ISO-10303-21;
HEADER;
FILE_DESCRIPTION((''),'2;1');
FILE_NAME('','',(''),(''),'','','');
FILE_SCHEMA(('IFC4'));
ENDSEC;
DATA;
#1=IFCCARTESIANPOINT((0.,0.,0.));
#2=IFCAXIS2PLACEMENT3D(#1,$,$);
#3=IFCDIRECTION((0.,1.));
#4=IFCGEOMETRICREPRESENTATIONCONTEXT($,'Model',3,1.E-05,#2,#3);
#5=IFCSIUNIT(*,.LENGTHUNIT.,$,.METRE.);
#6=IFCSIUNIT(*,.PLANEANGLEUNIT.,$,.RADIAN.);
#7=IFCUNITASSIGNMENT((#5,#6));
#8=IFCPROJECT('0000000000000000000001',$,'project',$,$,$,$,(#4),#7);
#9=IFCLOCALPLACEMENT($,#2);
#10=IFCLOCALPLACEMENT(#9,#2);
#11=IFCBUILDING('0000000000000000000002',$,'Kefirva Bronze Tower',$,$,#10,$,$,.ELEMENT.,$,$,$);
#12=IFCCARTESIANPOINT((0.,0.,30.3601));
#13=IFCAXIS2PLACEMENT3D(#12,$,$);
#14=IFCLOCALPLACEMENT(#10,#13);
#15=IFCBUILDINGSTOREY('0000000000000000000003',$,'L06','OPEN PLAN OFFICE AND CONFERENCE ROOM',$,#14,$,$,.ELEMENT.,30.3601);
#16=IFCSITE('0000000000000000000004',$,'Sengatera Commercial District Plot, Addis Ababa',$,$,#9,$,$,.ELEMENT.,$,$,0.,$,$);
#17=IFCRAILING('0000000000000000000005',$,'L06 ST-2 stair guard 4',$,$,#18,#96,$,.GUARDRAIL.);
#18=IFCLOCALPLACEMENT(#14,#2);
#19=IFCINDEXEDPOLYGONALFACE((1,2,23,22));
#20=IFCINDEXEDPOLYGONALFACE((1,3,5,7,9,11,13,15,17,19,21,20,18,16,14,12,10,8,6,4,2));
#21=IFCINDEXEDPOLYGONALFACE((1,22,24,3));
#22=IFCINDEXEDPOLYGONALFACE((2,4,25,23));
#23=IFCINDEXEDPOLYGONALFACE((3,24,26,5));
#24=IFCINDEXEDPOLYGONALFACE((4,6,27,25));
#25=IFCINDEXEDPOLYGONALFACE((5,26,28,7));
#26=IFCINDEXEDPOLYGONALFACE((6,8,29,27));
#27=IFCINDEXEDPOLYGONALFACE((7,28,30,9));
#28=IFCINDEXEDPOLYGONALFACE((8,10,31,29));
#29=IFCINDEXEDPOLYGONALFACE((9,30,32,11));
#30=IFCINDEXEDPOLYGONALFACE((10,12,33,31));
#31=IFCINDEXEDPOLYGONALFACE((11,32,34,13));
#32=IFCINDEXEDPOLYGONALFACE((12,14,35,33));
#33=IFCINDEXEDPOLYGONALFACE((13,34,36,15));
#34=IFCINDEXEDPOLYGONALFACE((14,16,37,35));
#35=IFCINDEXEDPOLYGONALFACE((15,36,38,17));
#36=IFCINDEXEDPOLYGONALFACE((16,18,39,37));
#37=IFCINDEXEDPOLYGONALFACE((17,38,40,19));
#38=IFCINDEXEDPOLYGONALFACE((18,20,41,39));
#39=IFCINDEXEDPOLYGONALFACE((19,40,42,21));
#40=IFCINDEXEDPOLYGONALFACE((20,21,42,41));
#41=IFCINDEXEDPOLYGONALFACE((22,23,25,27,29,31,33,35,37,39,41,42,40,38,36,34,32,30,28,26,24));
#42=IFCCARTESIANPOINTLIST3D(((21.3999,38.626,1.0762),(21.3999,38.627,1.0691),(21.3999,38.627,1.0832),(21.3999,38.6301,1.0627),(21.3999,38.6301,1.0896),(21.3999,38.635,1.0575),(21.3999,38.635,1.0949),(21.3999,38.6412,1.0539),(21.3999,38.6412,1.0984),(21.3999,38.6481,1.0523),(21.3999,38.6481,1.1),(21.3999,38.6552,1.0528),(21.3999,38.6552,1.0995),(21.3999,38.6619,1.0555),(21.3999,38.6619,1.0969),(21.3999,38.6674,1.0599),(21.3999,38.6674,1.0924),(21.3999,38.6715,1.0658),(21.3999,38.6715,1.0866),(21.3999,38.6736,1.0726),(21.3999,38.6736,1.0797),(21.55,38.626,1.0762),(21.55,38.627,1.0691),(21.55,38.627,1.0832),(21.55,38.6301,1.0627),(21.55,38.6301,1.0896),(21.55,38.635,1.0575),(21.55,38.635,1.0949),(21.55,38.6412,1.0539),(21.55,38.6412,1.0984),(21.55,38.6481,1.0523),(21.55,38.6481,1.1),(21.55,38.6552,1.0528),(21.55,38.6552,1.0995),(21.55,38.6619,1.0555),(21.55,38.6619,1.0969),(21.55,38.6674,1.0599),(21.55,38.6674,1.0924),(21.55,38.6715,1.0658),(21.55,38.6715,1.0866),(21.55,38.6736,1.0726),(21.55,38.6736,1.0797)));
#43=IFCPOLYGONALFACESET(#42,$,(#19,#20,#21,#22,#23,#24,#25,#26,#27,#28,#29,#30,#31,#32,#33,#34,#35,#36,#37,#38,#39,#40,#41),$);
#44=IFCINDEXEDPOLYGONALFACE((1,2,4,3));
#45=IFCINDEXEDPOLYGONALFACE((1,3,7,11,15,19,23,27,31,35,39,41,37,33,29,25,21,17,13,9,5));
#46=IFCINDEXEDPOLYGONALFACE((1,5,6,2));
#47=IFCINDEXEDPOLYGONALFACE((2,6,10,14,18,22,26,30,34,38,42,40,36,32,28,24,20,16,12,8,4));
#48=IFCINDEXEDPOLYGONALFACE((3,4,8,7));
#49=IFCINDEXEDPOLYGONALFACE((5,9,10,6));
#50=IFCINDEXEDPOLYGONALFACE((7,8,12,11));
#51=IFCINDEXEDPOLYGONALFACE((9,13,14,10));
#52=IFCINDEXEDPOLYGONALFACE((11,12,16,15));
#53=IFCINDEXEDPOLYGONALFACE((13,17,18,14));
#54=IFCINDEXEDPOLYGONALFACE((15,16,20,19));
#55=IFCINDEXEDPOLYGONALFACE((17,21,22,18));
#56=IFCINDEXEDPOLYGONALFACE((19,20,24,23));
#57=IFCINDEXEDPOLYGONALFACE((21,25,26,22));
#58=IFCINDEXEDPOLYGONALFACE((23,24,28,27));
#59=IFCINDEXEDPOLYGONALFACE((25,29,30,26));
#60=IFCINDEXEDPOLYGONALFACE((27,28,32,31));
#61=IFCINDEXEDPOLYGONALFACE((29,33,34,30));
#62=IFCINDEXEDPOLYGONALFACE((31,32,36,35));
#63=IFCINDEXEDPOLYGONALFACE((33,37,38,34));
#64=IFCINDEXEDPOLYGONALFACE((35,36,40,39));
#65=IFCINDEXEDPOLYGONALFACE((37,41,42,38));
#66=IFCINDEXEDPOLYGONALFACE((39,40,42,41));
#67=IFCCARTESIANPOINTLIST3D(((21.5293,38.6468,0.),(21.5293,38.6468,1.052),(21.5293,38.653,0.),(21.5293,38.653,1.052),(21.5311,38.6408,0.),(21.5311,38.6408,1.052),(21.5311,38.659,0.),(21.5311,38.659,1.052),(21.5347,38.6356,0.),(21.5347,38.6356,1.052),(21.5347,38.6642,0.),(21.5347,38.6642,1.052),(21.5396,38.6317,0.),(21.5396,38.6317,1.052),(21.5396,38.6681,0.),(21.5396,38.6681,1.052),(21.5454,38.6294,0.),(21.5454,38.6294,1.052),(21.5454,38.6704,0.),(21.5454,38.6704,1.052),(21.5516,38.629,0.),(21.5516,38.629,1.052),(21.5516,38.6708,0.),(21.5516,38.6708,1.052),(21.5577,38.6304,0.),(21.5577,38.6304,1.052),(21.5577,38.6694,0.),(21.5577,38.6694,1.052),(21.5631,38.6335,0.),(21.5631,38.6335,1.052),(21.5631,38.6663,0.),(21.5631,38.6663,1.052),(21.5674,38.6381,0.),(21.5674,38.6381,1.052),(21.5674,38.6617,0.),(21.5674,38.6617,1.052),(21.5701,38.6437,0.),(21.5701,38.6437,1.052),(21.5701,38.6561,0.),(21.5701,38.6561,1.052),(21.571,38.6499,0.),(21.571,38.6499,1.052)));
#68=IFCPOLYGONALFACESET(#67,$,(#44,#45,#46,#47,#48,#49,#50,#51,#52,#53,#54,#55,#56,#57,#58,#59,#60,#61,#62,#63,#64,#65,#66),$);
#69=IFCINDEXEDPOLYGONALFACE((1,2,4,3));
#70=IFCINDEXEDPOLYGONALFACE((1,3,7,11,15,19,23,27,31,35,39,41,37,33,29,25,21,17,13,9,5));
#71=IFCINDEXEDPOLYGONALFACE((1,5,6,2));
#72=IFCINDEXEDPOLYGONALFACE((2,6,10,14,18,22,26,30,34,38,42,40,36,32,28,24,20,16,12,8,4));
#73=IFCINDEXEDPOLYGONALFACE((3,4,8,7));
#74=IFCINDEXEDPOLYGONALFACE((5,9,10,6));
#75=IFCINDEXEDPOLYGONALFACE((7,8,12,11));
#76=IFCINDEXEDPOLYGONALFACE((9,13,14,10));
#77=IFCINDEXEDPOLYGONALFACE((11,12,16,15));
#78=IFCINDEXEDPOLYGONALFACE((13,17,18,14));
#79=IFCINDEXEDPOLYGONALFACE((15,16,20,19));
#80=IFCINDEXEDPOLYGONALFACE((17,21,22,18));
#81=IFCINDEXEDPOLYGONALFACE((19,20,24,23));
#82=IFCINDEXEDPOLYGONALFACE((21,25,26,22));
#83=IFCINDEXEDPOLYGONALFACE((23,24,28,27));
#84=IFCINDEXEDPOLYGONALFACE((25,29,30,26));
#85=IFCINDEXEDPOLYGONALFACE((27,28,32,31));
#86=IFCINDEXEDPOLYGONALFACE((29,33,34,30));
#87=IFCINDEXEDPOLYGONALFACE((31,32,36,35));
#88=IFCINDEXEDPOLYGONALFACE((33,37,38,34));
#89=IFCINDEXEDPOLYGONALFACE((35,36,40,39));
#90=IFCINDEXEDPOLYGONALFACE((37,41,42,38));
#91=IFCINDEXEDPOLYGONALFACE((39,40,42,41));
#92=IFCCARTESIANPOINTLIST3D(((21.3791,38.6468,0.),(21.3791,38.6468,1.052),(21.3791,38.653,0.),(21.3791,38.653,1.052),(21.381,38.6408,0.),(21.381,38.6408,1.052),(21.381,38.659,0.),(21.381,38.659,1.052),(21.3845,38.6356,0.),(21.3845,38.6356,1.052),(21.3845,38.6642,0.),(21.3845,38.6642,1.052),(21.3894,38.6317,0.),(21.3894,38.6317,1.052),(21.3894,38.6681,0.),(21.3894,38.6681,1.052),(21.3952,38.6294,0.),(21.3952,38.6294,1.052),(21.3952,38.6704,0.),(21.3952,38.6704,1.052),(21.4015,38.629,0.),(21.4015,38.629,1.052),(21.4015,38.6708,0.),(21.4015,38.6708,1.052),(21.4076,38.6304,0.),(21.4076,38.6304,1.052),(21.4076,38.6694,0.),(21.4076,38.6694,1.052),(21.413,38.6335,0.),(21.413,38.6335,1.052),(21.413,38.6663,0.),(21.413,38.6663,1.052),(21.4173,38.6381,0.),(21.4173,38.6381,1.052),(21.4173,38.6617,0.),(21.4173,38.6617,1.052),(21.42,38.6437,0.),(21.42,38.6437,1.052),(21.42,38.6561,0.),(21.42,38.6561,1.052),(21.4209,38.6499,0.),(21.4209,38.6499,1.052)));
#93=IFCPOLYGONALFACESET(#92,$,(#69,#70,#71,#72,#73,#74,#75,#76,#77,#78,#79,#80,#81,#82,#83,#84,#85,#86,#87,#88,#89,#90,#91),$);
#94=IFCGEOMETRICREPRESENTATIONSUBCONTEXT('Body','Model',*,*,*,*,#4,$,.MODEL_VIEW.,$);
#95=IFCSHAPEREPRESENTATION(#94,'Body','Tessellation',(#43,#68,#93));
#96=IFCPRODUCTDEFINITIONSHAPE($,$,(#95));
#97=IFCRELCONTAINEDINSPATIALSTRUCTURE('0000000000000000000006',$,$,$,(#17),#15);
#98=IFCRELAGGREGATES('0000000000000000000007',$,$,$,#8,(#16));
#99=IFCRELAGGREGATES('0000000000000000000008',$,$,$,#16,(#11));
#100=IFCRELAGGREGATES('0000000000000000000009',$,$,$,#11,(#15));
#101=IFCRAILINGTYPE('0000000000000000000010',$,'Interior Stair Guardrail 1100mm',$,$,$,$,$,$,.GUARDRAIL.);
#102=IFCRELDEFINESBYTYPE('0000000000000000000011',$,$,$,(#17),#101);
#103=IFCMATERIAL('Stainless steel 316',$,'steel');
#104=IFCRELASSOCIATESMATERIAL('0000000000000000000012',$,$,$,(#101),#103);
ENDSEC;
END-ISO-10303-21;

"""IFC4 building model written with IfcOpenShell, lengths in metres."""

from ifc_helpers import new_model, si_unit, direction, frame, origin, origin_2d, place, context, subcontext, project, spatial, circle, extrude, material, type_object, element, save


model = new_model("IFC4")

# Units and contexts
model_context = context("Model", 3, precision=1e-05, world=origin(), true_north=direction((0.0, 1.0)))
body_context = subcontext(model_context, "Body", "Model", "MODEL_VIEW")
ifc_project = project(units=[si_unit("LENGTHUNIT", "METRE"), si_unit("PLANEANGLEUNIT", "RADIAN")], contexts=[model_context])

# Site, building, storey
site_placement = place(None, origin())
site = spatial("IfcSite", under=ifc_project, at=site_placement, Name="Sengatera Commercial District Plot, Addis Ababa", CompositionType="ELEMENT", RefElevation=0.0)
building_placement = place(site_placement, origin())
building = spatial("IfcBuilding", under=site, at=building_placement, Name="Kefirva Bronze Tower", CompositionType="ELEMENT")
storey_placement = place(building_placement, frame((0.0, 0.0, 30.3601)))
storey = spatial("IfcBuildingStorey", under=building, at=storey_placement, Name="L06", Description="OPEN PLAN OFFICE AND CONFERENCE ROOM", CompositionType="ELEMENT", Elevation=30.3601)

# Railing
ifc_material_1 = material(Name="Stainless steel 316", Category="steel")
railing_type_1 = type_object("IfcRailingType", Name="Interior Stair Guardrail 1100mm", PredefinedType="GUARDRAIL", material=ifc_material_1)
railing_1_placement = place(storey_placement, frame((21.55, 38.6499, 0.0)))
element("IfcRailing", 1, at=railing_1_placement, inside=storey, type_object=railing_type_1, Name="L06 ST-2 stair guard 4", PredefinedType="GUARDRAIL", context=body_context, shape_type="SweptSolid", body=[
    extrude(circle(Radius=0.0239, at=origin_2d()), frame((0.0, 0.0, 1.0762), z_axis=(-1.0, 0.0, 0.0), x_axis=(0.0, -1.0, 0.0)), (0.0, 0.0, 1.0), 0.1501),
    extrude(circle(Radius=0.021, at=origin_2d()), origin(), (0.0, 0.0, 1.0), 1.052),
    extrude(circle(Radius=0.021, at=origin_2d()), frame((-0.1501, 0.0, 0.0)), (0.0, 0.0, 1.0), 1.052),
])

save(model, "model.ifc")
